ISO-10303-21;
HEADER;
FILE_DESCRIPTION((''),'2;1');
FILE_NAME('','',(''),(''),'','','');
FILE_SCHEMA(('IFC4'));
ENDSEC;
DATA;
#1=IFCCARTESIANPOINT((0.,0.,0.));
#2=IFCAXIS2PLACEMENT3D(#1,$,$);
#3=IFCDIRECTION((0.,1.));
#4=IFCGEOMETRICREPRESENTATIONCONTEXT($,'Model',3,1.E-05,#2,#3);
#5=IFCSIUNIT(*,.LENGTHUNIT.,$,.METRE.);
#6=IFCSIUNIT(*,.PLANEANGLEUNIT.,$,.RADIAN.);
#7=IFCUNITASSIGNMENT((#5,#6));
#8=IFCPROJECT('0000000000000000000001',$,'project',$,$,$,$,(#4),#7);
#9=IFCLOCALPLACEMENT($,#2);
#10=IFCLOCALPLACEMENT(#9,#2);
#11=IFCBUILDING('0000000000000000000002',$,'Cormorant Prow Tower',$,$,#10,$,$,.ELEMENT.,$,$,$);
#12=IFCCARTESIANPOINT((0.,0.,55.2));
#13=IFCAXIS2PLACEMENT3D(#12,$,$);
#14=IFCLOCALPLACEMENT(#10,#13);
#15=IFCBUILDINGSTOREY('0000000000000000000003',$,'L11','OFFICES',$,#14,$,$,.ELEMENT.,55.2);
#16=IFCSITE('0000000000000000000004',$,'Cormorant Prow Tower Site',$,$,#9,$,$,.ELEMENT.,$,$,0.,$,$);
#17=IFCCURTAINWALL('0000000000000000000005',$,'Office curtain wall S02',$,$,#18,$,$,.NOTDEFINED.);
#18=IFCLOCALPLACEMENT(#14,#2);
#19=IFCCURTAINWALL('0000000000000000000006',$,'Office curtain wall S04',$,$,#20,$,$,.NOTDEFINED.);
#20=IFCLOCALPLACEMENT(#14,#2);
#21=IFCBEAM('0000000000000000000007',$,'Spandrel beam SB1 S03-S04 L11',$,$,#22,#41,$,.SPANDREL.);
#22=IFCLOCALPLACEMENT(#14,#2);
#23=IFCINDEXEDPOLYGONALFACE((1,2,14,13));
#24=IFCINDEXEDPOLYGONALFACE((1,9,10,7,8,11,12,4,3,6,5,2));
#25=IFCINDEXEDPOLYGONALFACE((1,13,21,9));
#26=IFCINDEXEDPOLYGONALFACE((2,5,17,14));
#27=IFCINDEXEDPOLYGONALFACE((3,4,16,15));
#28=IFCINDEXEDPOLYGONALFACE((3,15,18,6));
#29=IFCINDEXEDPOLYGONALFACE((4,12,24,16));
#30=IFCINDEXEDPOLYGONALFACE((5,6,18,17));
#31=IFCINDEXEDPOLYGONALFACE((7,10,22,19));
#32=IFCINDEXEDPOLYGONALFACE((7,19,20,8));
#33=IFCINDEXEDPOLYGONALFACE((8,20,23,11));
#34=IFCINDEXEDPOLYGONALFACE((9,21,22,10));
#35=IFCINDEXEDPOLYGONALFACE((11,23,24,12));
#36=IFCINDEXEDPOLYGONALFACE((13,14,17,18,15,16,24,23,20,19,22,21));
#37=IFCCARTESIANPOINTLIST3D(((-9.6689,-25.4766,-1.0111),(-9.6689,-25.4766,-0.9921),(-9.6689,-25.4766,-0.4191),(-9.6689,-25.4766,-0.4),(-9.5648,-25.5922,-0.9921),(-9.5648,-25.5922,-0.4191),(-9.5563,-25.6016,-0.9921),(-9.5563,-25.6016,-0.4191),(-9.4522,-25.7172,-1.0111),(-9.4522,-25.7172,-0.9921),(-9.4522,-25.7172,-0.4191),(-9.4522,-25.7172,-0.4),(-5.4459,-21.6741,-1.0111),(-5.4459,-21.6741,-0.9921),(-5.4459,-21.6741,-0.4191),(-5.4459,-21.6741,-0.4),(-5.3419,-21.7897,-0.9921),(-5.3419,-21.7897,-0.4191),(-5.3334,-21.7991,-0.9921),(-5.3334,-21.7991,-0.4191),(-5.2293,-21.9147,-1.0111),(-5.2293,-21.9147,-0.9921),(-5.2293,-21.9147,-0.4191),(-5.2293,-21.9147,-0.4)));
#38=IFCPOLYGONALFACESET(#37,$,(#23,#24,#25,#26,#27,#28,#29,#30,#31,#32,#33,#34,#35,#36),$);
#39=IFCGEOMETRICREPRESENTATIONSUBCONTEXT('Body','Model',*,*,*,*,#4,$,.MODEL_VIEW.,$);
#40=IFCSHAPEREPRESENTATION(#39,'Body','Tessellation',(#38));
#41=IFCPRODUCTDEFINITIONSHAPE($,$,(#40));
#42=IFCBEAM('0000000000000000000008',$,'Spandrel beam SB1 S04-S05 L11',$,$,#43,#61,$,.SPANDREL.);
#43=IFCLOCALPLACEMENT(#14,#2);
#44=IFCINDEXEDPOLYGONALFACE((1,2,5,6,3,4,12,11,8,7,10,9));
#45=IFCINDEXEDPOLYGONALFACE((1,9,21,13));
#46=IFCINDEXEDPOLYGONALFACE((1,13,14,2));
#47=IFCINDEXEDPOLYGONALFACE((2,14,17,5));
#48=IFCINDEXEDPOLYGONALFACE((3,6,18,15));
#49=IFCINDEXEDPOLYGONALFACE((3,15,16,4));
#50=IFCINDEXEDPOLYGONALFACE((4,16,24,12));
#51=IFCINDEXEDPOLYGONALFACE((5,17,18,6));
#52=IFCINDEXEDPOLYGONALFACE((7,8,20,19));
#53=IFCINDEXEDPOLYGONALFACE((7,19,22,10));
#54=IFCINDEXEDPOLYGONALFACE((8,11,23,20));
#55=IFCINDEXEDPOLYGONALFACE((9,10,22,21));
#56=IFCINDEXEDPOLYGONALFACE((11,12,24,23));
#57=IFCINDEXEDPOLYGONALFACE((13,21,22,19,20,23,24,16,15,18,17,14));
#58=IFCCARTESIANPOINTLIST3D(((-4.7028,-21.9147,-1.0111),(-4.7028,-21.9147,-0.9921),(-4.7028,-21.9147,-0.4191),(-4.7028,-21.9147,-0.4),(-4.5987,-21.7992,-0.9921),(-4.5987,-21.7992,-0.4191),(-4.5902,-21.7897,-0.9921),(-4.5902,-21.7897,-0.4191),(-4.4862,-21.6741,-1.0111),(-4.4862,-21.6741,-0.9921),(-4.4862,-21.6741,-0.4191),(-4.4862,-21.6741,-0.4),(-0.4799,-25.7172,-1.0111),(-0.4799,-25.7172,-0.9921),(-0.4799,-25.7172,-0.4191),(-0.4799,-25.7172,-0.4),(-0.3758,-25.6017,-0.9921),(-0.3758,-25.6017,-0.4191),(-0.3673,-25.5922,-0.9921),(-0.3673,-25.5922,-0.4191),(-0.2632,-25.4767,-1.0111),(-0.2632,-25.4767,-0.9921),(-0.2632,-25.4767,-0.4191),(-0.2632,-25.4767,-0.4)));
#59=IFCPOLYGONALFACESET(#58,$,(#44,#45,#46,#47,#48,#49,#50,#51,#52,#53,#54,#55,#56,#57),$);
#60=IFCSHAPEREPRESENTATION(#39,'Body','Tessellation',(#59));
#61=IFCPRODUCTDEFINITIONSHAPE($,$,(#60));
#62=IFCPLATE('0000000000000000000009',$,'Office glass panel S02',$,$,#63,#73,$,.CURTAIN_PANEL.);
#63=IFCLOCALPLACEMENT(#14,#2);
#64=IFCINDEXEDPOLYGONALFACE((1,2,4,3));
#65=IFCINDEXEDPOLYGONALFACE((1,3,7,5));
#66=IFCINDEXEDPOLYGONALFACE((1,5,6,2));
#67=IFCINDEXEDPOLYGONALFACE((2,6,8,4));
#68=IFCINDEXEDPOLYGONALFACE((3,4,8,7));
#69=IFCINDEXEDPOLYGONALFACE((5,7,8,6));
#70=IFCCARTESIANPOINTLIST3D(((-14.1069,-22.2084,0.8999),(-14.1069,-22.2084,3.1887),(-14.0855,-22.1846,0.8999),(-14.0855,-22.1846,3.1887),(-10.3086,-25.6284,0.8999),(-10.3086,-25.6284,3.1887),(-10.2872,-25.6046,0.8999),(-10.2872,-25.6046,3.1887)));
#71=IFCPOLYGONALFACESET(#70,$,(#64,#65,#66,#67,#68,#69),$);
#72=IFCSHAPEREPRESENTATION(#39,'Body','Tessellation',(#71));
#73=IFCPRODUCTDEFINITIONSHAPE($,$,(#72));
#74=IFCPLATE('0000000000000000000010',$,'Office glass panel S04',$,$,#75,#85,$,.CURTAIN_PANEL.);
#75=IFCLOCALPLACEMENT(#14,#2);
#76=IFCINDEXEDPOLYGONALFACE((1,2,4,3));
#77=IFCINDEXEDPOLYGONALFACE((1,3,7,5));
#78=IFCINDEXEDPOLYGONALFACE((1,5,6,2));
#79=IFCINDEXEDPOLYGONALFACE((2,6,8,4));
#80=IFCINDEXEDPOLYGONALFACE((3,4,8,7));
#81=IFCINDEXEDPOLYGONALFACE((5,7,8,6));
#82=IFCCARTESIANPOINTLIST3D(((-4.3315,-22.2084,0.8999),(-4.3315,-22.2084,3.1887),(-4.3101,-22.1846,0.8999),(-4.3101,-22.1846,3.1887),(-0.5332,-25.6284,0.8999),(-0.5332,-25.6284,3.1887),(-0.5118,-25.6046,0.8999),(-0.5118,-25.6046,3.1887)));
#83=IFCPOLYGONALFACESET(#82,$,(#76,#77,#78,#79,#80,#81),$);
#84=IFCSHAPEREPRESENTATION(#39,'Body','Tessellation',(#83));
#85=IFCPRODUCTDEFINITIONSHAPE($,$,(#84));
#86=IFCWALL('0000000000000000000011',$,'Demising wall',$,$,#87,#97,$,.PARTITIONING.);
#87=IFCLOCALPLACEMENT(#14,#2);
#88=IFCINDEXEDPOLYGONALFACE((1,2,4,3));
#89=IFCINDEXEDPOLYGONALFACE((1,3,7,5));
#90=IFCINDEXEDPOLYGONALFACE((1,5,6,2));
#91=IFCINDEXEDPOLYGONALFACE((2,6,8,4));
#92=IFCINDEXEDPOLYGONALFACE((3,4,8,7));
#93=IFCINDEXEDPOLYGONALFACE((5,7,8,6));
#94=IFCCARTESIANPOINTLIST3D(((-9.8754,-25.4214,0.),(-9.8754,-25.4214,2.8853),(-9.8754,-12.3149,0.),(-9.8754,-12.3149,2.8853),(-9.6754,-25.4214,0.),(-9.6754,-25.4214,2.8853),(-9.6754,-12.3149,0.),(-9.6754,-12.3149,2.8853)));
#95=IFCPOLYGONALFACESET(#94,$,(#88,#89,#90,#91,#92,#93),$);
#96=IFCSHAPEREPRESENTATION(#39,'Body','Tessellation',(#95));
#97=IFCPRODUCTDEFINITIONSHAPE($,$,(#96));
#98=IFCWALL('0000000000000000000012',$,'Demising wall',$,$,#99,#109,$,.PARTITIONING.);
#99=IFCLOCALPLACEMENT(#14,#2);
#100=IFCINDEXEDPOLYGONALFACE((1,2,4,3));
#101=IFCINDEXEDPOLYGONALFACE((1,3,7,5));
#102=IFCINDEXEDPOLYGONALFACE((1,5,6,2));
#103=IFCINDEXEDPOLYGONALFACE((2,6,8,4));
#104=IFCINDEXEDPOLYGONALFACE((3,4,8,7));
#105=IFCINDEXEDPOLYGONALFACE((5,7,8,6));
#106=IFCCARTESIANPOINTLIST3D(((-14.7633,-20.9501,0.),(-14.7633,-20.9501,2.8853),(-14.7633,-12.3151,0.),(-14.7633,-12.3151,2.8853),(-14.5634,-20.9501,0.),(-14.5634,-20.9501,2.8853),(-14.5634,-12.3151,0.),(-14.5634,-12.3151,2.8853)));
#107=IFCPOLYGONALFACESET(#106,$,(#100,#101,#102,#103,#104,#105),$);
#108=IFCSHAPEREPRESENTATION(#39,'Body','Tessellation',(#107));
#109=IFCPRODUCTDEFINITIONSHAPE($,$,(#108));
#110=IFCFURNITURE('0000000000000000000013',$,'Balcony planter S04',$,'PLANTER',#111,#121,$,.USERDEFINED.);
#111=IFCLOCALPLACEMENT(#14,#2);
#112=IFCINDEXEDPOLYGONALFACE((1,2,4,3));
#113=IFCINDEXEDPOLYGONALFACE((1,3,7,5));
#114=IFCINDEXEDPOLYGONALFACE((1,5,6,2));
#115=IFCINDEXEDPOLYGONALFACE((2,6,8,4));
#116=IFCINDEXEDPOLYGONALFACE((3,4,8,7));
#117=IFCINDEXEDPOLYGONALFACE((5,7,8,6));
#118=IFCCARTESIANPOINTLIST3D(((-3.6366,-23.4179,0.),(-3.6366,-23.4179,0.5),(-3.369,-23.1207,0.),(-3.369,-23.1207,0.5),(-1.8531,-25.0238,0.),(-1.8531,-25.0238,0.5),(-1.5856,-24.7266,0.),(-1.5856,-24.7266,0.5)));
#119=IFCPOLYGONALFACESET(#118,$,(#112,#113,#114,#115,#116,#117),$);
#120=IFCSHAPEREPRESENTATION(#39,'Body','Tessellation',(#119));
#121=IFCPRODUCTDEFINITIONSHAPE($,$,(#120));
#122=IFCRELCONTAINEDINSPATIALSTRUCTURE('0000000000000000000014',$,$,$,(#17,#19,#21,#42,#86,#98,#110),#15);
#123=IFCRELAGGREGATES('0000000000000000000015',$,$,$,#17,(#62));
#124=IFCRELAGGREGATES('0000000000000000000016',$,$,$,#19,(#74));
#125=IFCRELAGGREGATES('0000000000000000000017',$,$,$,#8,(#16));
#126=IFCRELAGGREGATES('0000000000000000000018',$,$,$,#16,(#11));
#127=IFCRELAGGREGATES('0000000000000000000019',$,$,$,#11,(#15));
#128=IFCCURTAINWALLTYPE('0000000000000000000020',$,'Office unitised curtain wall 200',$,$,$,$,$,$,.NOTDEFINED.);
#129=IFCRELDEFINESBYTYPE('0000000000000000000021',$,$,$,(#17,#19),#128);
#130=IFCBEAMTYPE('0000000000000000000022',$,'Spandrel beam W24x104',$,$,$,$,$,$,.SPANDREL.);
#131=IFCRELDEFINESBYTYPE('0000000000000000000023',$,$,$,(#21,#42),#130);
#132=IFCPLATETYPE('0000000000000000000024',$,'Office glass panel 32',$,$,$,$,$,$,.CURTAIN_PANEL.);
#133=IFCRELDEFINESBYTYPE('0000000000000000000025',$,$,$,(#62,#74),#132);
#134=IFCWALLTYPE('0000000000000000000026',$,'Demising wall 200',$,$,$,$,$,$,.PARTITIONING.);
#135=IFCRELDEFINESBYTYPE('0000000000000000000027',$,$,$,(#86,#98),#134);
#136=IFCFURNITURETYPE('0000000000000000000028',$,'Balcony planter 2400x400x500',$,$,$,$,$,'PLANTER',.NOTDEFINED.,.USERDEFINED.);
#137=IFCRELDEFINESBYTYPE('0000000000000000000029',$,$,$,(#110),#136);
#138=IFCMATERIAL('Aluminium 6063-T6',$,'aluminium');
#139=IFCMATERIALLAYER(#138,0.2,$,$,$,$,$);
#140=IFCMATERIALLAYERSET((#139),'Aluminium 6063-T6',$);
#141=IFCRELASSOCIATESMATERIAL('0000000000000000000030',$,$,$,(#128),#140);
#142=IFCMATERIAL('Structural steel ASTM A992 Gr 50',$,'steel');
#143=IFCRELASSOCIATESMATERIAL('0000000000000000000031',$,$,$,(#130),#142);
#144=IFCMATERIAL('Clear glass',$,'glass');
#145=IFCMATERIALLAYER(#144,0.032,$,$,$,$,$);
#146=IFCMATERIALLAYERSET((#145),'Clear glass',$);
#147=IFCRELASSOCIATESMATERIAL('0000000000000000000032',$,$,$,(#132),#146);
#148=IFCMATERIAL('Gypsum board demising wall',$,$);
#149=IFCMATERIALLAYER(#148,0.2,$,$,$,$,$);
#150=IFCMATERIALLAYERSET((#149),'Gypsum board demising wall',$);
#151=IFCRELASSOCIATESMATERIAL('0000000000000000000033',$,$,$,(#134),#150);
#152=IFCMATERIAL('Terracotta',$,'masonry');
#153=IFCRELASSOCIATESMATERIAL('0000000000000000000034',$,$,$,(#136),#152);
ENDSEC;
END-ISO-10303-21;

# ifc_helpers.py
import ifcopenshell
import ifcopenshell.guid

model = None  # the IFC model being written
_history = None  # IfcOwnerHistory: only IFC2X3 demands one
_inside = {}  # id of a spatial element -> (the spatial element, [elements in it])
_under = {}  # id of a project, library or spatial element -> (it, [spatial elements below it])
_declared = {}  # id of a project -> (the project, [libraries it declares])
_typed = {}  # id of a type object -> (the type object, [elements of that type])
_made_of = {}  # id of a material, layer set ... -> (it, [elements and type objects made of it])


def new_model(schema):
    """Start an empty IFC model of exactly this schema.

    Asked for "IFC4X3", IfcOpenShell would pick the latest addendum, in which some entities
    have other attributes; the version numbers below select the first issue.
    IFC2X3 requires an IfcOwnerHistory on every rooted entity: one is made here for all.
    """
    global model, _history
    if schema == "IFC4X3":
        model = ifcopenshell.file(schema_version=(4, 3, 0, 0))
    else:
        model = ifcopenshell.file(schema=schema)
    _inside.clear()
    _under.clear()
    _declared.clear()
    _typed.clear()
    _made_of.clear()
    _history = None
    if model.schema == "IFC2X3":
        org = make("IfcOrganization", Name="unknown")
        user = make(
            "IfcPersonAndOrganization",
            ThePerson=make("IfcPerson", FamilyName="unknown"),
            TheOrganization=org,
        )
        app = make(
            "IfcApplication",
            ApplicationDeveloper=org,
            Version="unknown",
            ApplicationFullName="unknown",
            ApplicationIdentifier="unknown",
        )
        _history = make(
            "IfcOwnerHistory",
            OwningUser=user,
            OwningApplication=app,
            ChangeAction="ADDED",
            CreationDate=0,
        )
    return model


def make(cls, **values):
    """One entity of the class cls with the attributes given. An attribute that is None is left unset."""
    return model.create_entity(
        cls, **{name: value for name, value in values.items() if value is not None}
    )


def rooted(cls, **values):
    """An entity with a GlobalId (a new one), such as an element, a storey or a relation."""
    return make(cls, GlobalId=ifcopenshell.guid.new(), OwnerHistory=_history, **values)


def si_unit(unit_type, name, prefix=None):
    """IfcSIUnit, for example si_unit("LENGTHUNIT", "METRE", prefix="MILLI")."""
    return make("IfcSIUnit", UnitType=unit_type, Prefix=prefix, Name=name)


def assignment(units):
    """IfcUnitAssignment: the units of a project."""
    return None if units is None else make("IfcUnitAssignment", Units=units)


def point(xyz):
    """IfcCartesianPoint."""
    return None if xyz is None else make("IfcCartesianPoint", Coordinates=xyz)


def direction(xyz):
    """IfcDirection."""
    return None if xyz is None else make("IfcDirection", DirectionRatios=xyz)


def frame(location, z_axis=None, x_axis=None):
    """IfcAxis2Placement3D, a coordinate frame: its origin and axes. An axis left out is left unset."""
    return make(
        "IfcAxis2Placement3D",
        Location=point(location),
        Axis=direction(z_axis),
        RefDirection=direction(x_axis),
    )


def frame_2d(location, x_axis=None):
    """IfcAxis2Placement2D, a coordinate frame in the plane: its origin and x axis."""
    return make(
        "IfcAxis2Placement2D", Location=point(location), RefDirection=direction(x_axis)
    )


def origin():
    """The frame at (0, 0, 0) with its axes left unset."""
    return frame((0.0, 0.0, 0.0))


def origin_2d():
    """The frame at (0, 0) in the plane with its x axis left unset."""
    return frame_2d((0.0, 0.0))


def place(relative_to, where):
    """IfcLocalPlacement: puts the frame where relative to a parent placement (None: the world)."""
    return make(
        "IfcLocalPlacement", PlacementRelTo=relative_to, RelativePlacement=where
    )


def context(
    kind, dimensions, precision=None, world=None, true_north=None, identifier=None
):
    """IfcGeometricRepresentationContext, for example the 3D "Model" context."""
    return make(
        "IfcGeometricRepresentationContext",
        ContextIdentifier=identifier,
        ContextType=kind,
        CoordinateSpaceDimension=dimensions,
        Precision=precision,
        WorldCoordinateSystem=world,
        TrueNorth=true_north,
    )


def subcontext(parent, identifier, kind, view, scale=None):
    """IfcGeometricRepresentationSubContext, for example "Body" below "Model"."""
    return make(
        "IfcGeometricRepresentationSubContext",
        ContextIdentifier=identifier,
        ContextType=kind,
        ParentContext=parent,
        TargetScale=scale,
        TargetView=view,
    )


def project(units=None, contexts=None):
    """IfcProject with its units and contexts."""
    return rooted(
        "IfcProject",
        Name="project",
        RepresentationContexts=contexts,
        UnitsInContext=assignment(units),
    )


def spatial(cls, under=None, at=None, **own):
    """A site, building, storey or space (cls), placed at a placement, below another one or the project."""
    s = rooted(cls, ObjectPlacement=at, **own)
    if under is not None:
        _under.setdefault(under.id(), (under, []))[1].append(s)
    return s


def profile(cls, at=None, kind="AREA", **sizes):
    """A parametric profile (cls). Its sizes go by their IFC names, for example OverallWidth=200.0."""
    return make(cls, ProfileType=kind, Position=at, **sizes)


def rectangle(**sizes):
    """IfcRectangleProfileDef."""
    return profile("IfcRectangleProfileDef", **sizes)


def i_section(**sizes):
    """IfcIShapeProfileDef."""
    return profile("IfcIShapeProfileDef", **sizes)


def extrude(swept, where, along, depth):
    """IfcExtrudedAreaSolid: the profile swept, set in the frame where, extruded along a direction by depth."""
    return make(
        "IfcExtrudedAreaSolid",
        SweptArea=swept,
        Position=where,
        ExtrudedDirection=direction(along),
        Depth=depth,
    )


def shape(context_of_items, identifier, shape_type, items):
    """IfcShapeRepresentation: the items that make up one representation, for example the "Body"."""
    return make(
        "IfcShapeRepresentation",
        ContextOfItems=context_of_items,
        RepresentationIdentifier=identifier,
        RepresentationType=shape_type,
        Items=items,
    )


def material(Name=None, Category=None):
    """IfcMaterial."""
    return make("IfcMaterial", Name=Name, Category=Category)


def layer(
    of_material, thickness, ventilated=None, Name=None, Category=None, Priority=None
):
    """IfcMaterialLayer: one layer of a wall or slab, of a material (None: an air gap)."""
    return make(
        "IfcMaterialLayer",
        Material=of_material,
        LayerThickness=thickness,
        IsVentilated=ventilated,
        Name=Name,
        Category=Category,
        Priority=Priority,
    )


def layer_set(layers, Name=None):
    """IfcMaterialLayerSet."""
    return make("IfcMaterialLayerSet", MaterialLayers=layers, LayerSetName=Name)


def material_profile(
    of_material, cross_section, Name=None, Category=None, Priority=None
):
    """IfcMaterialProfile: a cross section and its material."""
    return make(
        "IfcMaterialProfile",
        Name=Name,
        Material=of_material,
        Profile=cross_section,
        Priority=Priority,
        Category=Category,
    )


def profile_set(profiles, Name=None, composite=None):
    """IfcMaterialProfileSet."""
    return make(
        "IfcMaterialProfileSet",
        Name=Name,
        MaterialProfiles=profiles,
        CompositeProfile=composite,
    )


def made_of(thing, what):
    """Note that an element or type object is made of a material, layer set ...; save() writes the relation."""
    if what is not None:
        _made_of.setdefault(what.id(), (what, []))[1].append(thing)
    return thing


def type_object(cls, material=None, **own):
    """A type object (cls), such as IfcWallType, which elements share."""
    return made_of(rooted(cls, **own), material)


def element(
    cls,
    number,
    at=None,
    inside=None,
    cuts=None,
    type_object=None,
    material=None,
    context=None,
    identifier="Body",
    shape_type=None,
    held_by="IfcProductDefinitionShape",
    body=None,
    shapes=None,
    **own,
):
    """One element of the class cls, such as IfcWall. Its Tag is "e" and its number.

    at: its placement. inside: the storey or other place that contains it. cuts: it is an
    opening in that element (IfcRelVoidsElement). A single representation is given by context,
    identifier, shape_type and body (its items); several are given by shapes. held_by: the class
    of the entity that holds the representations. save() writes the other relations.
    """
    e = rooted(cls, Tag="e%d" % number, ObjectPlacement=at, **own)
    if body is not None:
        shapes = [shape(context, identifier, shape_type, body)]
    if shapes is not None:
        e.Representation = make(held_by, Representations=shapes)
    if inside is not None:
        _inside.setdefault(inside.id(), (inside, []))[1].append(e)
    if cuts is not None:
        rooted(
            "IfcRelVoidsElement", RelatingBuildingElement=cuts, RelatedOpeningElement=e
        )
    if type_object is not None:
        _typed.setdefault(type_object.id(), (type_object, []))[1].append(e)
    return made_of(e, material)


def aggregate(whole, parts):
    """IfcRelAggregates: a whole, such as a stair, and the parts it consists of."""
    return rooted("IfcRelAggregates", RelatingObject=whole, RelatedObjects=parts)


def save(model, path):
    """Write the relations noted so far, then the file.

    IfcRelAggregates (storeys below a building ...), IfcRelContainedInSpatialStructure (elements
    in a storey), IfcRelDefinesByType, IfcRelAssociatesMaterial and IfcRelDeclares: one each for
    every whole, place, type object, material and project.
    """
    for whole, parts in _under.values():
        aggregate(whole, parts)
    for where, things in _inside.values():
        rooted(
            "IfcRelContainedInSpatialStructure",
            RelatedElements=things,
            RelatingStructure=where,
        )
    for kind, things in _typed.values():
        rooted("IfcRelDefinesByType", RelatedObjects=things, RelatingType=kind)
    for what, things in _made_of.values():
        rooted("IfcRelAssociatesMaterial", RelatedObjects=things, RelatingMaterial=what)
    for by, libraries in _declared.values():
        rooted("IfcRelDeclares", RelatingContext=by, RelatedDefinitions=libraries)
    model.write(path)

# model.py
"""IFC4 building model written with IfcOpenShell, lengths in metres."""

from ifc_helpers import new_model, si_unit, direction, frame, frame_2d, origin, origin_2d, place, context, subcontext, project, spatial, rectangle, i_section, extrude, material, layer, layer_set, material_profile, profile_set, type_object, element, aggregate, save


model = new_model("IFC4")

# Units and contexts
model_context = context("Model", 3, precision=1e-05, world=origin(), true_north=direction((0.0, 1.0)))
body_context = subcontext(model_context, "Body", "Model", "MODEL_VIEW")
ifc_project = project(units=[si_unit("LENGTHUNIT", "METRE"), si_unit("PLANEANGLEUNIT", "RADIAN")], contexts=[model_context])

# Site, building, storey
site_placement = place(None, origin())
site = spatial("IfcSite", under=ifc_project, at=site_placement, Name="Cormorant Prow Tower Site", CompositionType="ELEMENT", RefElevation=0.0)
building_placement = place(site_placement, origin())
building = spatial("IfcBuilding", under=site, at=building_placement, Name="Cormorant Prow Tower", CompositionType="ELEMENT")
storey_placement = place(building_placement, frame((0.0, 0.0, 55.2)))
storey = spatial("IfcBuildingStorey", under=building, at=storey_placement, Name="L11", Description="OFFICES", CompositionType="ELEMENT", Elevation=55.2)

# Curtain walls
ifc_material_1 = material(Name="Aluminium 6063-T6", Category="aluminium")
ifc_layer_1 = layer(ifc_material_1, 0.2)
ifc_layer_set_1 = layer_set([ifc_layer_1], Name="Aluminium 6063-T6")
curtain_wall_type = type_object("IfcCurtainWallType", Name="Office unitised curtain wall 200", PredefinedType="NOTDEFINED", material=ifc_layer_set_1)
curtain_wall_1_placement = place(storey_placement, origin())
curtain_wall_1 = element("IfcCurtainWall", 1, at=curtain_wall_1_placement, inside=storey, type_object=curtain_wall_type, Name="Office curtain wall S02", PredefinedType="NOTDEFINED")
curtain_wall_2_placement = place(storey_placement, origin())
curtain_wall_2 = element("IfcCurtainWall", 2, at=curtain_wall_2_placement, inside=storey, type_object=curtain_wall_type, Name="Office curtain wall S04", PredefinedType="NOTDEFINED")

# Beams
ifc_material_2 = material(Name="Structural steel ASTM A992 Gr 50", Category="steel")
ifc_material_profile_1 = material_profile(ifc_material_2, i_section(OverallWidth=0.3237, OverallDepth=0.6111, WebThickness=0.0127, FlangeThickness=0.019, at=origin_2d()), Name="W24x104")
ifc_profile_set_1 = profile_set([ifc_material_profile_1], Name="Structural steel ASTM A992 Gr 50")
beam_type_1 = type_object("IfcBeamType", Name="Spandrel beam W24x104", PredefinedType="SPANDREL", material=ifc_profile_set_1)
for number, where, z_axis, x_axis, name in (
    (3, (-9.5605, -25.5969, -0.7056), (0.74313, 0.669147, 0.0), (-0.669147, 0.74313, 0.0), "Spandrel beam SB1 S03-S04 L11"),
    (4, (-4.5945, -21.7944, -0.7056), (0.74313, -0.669147, 0.0), (0.669147, 0.74313, 0.0), "Spandrel beam SB1 S04-S05 L11"),
):
    element("IfcBeam", number, at=place(storey_placement, frame(where, z_axis=z_axis, x_axis=x_axis)), inside=storey, type_object=beam_type_1, Name=name, PredefinedType="SPANDREL", context=body_context, shape_type="SweptSolid", body=[
        extrude(i_section(OverallWidth=0.3237, OverallDepth=0.6111, WebThickness=0.0127, FlangeThickness=0.019, at=origin_2d()), origin(), (0.0, 0.0, 1.0), 5.6826),
    ])

# Plates
ifc_material_3 = material(Name="Clear glass", Category="glass")
ifc_layer_2 = layer(ifc_material_3, 0.032)
ifc_layer_set_2 = layer_set([ifc_layer_2], Name="Clear glass")
plate_type = type_object("IfcPlateType", Name="Office glass panel 32", PredefinedType="CURTAIN_PANEL", material=ifc_layer_set_2)
plate_1_placement = place(storey_placement, frame((-12.197, -23.9065, 0.8999), z_axis=(0.0, 0.0, 1.0), x_axis=(0.743145, -0.669131, 0.0)))
plate_1 = element("IfcPlate", 5, at=plate_1_placement, type_object=plate_type, Name="Office glass panel S02", PredefinedType="CURTAIN_PANEL", context=body_context, shape_type="SweptSolid", body=[
    extrude(rectangle(XDim=5.1111, YDim=0.032, at=origin_2d()), origin(), (0.0, 0.0, 1.0), 2.2888),
])
aggregate(curtain_wall_1, [plate_1])
plate_2_placement = place(storey_placement, frame((-2.4216, -23.9065, 0.8999), z_axis=(0.0, 0.0, 1.0), x_axis=(0.743145, -0.669131, 0.0)))
plate_2 = element("IfcPlate", 6, at=plate_2_placement, type_object=plate_type, Name="Office glass panel S04", PredefinedType="CURTAIN_PANEL", context=body_context, shape_type="SweptSolid", body=[
    extrude(rectangle(XDim=5.1111, YDim=0.032, at=origin_2d()), origin(), (0.0, 0.0, 1.0), 2.2888),
])
aggregate(curtain_wall_2, [plate_2])

# Walls
ifc_material_4 = material(Name="Gypsum board demising wall")
ifc_layer_3 = layer(ifc_material_4, 0.2)
ifc_layer_set_3 = layer_set([ifc_layer_3], Name="Gypsum board demising wall")
wall_type_1 = type_object("IfcWallType", Name="Demising wall 200", PredefinedType="PARTITIONING", material=ifc_layer_set_3)
wall_1_placement = place(storey_placement, frame((-9.7754, -25.4214, 0.0), z_axis=(0.0, 0.0, 1.0), x_axis=(0.0, 1.0, 0.0)))
element("IfcWall", 7, at=wall_1_placement, inside=storey, type_object=wall_type_1, Name="Demising wall", PredefinedType="PARTITIONING", context=body_context, shape_type="SweptSolid", body=[
    extrude(rectangle(XDim=13.1064, YDim=0.2, at=frame_2d((6.5532, 0.0))), origin(), (0.0, 0.0, 1.0), 2.8853),
])
wall_2_placement = place(storey_placement, frame((-14.6633, -20.95, 0.0), z_axis=(0.0, 0.0, 1.0), x_axis=(0.0, 1.0, 0.0)))
element("IfcWall", 8, at=wall_2_placement, inside=storey, type_object=wall_type_1, Name="Demising wall", PredefinedType="PARTITIONING", context=body_context, shape_type="SweptSolid", body=[
    extrude(rectangle(XDim=8.635, YDim=0.2, at=frame_2d((4.3174, 0.0))), origin(), (0.0, 0.0, 1.0), 2.8853),
])

# Furniture
ifc_material_5 = material(Name="Terracotta", Category="masonry")
furniture_type = type_object("IfcFurnitureType", Name="Balcony planter 2400x400x500", ElementType="PLANTER", AssemblyPlace="NOTDEFINED", PredefinedType="USERDEFINED", material=ifc_material_5)
furniture_placement = place(storey_placement, frame((-2.6111, -24.0723, 0.0), z_axis=(0.0, 0.0, 1.0), x_axis=(0.743145, -0.669131, 0.0)))
element("IfcFurniture", 9, at=furniture_placement, inside=storey, type_object=furniture_type, Name="Balcony planter S04", ObjectType="PLANTER", PredefinedType="USERDEFINED", context=body_context, shape_type="SweptSolid", body=[
    extrude(rectangle(XDim=2.3999, YDim=0.3999, at=origin_2d()), origin(), (0.0, 0.0, 1.0), 0.5),
])

save(model, "model.ifc")
